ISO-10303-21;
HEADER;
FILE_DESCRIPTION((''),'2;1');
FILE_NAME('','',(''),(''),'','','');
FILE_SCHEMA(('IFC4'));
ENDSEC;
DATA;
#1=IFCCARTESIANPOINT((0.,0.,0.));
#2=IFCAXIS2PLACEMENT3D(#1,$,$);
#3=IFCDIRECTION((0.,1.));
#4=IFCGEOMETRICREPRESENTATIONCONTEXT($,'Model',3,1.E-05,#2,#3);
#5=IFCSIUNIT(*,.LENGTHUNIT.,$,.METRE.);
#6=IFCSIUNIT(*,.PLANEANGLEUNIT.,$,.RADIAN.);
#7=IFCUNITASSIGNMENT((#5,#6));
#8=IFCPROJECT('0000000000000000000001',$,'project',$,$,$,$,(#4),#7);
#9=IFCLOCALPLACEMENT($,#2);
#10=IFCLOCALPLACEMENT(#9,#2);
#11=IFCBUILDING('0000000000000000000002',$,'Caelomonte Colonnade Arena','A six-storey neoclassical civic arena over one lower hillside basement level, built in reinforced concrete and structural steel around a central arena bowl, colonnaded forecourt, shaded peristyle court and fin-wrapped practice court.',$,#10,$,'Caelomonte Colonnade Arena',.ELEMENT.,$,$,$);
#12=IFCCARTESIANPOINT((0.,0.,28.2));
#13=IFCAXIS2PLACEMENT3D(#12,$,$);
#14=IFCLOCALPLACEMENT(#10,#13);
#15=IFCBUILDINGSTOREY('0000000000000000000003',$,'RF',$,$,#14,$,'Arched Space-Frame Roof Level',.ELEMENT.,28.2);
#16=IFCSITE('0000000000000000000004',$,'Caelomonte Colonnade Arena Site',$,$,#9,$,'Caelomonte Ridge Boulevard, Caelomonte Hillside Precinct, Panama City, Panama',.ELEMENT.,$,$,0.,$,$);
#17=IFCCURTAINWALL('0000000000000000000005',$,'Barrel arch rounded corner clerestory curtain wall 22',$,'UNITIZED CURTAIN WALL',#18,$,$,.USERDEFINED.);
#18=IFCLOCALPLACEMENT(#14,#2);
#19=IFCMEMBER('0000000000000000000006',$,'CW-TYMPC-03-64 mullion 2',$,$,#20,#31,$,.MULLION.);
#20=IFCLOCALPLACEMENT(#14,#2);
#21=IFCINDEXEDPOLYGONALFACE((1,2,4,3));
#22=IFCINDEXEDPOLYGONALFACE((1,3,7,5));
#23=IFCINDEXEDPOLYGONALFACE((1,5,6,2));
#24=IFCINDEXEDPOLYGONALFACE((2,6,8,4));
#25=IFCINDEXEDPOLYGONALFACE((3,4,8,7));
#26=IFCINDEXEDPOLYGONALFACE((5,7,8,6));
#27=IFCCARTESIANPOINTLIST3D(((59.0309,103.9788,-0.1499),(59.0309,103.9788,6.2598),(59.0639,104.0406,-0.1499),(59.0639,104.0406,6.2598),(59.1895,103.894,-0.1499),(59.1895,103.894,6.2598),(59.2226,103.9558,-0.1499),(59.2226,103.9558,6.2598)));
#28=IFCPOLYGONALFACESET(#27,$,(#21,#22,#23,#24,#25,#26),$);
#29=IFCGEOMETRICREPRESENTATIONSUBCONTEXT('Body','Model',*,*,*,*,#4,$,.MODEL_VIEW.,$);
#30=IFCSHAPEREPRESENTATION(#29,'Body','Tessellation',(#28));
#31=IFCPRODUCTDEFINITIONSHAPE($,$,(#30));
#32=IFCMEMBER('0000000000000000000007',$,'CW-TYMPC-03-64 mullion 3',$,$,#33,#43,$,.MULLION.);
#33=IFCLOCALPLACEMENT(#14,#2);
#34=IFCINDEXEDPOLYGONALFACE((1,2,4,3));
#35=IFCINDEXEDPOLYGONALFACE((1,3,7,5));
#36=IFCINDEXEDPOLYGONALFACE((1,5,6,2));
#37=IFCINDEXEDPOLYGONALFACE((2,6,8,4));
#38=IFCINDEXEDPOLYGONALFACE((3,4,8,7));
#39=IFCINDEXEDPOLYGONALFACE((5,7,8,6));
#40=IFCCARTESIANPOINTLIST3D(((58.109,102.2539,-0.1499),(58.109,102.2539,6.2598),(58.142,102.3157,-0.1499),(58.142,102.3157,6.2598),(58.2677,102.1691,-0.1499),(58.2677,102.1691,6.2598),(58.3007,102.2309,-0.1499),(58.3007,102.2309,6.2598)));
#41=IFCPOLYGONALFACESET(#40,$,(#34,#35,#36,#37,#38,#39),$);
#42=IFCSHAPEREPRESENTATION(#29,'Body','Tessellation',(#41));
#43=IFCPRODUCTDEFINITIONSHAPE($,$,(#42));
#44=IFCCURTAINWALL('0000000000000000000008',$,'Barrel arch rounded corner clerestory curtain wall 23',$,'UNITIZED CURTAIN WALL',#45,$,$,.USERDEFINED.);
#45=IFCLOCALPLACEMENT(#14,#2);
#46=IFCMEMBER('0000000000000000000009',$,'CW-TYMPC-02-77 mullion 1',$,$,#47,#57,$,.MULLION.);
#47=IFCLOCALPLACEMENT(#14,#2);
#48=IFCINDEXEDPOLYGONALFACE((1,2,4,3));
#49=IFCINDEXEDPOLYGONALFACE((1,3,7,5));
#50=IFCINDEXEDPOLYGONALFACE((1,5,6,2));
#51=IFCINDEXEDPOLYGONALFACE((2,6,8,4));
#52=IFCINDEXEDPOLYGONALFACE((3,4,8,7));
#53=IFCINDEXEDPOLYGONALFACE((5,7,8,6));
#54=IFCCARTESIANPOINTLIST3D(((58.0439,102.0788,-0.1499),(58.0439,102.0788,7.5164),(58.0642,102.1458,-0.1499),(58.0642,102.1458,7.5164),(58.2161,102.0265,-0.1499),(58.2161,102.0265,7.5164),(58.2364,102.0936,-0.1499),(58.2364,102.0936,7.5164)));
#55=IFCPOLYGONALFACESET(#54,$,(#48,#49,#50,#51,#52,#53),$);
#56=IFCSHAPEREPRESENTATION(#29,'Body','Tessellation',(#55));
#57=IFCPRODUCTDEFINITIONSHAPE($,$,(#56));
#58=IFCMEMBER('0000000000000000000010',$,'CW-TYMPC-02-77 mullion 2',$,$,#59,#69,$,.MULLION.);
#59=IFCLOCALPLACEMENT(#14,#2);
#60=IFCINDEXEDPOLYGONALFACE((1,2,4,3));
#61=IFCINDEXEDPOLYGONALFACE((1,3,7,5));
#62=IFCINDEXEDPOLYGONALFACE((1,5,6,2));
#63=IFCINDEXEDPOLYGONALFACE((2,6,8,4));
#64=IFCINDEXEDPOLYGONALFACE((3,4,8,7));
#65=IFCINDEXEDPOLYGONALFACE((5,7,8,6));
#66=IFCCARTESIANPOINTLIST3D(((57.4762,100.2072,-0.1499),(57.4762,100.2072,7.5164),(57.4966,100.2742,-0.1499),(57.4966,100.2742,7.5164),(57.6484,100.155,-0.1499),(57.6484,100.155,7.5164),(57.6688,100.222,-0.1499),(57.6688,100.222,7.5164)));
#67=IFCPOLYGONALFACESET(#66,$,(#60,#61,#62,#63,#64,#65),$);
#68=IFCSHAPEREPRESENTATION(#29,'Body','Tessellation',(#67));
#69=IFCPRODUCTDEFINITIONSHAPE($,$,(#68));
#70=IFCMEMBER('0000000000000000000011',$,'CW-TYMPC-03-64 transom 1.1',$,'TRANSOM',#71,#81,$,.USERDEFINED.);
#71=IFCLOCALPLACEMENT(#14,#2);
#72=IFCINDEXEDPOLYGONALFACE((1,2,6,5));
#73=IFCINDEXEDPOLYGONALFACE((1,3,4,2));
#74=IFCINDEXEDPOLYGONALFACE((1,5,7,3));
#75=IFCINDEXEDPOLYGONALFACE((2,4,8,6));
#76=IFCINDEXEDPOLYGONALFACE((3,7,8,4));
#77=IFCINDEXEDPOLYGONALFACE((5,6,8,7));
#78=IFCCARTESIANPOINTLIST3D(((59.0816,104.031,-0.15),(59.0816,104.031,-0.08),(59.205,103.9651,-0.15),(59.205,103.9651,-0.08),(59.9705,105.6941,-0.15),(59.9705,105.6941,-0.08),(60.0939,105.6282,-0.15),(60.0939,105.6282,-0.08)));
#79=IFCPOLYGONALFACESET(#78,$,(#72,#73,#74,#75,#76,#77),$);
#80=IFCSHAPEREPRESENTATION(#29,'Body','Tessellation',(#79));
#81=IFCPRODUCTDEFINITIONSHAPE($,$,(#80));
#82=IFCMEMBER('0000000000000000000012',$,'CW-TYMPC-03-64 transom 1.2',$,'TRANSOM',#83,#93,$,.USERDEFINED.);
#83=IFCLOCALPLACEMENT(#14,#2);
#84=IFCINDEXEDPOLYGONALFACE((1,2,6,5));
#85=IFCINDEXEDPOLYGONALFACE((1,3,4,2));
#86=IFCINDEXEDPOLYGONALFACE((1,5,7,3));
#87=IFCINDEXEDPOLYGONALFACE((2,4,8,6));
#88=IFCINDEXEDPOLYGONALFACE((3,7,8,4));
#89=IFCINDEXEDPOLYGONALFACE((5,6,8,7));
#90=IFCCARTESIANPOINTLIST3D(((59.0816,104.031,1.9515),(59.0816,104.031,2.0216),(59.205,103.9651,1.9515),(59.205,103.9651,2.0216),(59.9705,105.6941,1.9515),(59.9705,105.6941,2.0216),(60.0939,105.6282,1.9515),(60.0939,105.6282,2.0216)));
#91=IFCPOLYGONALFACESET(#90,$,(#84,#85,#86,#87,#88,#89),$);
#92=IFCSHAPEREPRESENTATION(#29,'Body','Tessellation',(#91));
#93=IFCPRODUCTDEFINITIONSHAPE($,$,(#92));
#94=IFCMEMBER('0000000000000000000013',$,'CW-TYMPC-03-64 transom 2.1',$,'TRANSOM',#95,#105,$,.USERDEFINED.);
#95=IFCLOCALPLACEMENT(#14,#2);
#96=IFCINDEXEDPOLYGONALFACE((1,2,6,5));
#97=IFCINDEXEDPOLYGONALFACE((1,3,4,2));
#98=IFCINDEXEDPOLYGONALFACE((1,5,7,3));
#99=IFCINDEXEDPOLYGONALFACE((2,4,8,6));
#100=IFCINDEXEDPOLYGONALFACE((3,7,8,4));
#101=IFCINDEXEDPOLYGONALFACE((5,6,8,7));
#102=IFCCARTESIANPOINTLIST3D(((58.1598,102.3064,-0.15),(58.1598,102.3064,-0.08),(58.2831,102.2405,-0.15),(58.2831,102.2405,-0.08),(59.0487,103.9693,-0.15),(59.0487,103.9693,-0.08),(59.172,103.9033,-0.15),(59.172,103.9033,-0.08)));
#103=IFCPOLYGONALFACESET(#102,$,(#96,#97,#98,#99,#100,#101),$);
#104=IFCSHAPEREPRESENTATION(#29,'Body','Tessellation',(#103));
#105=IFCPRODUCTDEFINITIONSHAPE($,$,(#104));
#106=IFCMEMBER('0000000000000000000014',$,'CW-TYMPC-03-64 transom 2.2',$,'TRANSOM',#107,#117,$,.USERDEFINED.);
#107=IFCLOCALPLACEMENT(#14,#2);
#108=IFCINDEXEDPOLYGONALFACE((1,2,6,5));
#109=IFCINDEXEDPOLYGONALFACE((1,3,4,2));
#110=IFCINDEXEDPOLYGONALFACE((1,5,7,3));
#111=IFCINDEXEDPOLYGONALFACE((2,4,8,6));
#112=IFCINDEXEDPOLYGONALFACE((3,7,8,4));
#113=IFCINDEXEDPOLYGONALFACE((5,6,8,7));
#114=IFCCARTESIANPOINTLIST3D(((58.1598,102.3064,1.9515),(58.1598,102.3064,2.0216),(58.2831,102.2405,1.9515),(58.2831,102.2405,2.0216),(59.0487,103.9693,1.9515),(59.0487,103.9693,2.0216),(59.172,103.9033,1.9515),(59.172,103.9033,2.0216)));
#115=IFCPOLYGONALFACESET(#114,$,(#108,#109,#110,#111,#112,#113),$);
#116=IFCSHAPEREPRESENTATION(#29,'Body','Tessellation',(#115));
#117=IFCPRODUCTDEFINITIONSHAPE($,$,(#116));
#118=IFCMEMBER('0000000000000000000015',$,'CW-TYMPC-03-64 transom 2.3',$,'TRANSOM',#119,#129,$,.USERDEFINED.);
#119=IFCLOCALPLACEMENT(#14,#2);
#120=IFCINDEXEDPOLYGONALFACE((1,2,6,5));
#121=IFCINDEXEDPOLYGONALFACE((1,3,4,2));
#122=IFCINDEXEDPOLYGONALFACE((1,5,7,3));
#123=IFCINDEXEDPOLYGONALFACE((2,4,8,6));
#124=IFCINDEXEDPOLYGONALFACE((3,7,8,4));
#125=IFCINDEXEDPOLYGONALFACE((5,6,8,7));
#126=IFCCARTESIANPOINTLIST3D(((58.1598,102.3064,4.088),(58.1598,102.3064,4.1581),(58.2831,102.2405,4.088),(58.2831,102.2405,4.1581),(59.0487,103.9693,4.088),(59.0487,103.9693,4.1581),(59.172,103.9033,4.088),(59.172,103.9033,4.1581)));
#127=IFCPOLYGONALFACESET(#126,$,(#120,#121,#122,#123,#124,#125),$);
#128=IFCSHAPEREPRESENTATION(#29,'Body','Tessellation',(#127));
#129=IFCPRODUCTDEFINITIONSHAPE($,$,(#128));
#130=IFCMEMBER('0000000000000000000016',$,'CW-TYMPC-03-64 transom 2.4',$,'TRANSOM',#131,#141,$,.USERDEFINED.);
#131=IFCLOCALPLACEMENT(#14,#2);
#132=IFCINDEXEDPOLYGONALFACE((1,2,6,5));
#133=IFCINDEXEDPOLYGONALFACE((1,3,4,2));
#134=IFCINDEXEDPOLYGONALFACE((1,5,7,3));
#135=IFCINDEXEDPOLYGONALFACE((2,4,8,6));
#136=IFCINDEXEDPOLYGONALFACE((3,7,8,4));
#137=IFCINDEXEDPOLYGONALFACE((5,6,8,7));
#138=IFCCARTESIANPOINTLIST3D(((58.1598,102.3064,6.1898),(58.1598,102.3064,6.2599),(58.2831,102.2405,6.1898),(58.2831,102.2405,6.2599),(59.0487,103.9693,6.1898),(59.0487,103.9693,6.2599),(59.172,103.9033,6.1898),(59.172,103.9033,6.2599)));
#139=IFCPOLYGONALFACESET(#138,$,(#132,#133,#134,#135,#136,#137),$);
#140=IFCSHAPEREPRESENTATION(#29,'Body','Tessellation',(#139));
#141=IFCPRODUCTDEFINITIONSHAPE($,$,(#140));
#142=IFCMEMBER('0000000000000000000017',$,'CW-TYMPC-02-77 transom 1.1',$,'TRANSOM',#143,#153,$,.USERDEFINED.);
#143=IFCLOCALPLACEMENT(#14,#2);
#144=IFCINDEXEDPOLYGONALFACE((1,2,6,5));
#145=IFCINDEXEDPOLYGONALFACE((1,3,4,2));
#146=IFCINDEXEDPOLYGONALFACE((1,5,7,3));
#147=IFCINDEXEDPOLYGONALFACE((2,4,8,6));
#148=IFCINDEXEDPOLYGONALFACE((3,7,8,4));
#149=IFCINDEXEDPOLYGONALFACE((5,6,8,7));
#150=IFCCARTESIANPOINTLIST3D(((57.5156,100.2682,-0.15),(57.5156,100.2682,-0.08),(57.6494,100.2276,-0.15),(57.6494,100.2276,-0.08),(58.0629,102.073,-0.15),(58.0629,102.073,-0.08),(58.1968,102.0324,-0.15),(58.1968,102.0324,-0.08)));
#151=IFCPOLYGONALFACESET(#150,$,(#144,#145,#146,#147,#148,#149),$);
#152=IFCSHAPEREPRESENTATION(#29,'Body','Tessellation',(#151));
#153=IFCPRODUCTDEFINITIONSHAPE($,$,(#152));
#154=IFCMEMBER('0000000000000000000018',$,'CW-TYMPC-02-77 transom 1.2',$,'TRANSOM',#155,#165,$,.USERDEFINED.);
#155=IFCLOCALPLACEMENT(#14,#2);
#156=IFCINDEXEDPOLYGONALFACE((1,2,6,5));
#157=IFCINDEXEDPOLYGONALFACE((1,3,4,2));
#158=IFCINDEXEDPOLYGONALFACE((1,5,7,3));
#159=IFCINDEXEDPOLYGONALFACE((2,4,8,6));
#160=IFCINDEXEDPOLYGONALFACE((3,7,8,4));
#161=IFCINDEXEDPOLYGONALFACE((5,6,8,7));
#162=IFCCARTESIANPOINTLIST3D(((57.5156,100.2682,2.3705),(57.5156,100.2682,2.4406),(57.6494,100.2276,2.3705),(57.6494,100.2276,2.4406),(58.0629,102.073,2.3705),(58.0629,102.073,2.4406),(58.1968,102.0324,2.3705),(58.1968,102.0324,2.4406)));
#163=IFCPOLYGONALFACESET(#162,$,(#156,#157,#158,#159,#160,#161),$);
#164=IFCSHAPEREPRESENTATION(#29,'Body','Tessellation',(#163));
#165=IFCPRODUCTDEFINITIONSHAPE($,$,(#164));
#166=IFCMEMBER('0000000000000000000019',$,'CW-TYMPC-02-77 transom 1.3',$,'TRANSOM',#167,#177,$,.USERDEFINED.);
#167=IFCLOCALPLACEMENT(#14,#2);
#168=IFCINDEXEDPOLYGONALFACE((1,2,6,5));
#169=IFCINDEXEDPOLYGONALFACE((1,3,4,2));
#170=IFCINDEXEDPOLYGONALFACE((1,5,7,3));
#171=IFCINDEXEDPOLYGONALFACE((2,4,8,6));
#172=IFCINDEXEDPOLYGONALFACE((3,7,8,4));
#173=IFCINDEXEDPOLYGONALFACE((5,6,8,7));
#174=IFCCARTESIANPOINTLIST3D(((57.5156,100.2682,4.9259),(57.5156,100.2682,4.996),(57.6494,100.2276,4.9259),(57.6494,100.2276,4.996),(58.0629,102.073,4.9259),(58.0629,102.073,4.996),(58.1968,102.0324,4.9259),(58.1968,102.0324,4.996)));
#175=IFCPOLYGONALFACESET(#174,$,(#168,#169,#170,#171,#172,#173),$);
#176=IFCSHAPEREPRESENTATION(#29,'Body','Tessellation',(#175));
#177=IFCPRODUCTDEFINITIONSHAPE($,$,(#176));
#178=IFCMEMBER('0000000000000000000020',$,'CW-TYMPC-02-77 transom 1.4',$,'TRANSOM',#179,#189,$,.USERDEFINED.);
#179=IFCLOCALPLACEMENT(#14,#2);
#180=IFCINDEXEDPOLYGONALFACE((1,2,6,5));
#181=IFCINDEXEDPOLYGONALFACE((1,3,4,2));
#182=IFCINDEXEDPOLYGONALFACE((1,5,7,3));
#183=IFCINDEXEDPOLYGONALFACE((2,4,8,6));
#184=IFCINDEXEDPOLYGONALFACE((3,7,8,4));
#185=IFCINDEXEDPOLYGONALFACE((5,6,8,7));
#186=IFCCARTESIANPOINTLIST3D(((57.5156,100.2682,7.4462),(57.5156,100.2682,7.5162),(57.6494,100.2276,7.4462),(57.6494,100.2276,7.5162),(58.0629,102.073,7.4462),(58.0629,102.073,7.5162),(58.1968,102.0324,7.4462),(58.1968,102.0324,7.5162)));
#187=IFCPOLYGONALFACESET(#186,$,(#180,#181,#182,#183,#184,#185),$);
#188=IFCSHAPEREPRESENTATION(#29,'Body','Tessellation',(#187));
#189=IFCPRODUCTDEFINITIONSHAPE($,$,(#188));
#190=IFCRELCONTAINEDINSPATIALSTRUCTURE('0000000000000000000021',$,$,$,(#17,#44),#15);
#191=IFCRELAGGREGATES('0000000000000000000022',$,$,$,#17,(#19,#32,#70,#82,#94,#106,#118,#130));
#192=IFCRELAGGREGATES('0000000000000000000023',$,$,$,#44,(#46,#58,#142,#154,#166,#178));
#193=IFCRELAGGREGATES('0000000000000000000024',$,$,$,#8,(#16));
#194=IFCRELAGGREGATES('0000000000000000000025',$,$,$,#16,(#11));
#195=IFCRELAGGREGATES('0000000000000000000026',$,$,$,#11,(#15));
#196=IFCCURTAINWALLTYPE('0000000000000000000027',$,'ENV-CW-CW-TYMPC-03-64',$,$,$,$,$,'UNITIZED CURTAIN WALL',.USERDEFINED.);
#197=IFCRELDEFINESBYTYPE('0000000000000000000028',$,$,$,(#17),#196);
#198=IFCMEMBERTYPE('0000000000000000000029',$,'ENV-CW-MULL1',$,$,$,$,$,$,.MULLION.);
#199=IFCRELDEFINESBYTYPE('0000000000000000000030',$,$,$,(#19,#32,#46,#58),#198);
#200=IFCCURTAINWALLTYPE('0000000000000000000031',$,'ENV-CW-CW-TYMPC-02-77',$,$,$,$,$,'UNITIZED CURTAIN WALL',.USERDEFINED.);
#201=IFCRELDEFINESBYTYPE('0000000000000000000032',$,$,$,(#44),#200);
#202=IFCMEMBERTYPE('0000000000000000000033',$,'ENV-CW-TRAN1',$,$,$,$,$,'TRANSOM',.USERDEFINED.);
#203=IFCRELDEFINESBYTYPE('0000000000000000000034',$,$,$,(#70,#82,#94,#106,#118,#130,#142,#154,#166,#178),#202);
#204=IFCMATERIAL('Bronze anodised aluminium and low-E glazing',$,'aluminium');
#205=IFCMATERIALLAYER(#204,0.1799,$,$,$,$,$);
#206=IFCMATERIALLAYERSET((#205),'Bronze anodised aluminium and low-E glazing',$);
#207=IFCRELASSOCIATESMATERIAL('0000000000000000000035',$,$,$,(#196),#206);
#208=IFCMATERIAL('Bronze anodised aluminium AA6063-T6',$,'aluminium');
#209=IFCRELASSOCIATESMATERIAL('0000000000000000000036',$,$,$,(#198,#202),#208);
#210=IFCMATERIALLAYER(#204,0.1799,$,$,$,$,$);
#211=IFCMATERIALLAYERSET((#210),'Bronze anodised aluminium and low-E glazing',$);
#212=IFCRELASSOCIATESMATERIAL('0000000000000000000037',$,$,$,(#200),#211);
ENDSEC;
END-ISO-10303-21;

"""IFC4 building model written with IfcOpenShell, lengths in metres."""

from ifc_helpers import new_model, si_unit, direction, frame, origin, origin_2d, place, context, subcontext, project, spatial, rectangle, extrude, material, layer, layer_set, material_profile, profile_set, type_object, element, aggregate, save


model = new_model("IFC4")

# Units and contexts
model_context = context("Model", 3, precision=1e-05, world=origin(), true_north=direction((0.0, 1.0)))
body_context = subcontext(model_context, "Body", "Model", "MODEL_VIEW")
ifc_project = project(units=[si_unit("LENGTHUNIT", "METRE"), si_unit("PLANEANGLEUNIT", "RADIAN")], contexts=[model_context])

# Site, building, storey
site_placement = place(None, origin())
site = spatial("IfcSite", under=ifc_project, at=site_placement, Name="Caelomonte Colonnade Arena Site", LongName="Caelomonte Ridge Boulevard, Caelomonte Hillside Precinct, Panama City, Panama", CompositionType="ELEMENT", RefElevation=0.0)
building_placement = place(site_placement, origin())
building = spatial("IfcBuilding", under=site, at=building_placement, Name="Caelomonte Colonnade Arena", Description="A six-storey neoclassical civic arena over one lower hillside basement level, built in reinforced concrete and structural steel around a central arena bowl, colonnaded forecourt, shaded peristyle court and fin-wrapped practice court.", LongName="Caelomonte Colonnade Arena", CompositionType="ELEMENT")
storey_placement = place(building_placement, frame((0.0, 0.0, 28.2)))
storey = spatial("IfcBuildingStorey", under=building, at=storey_placement, Name="RF", LongName="Arched Space-Frame Roof Level", CompositionType="ELEMENT", Elevation=28.2)

# Curtain walls, members
ifc_material_1 = material(Name="Bronze anodised aluminium and low-E glazing", Category="aluminium")
ifc_layer_1 = layer(ifc_material_1, 0.1799)
ifc_layer_set_1 = layer_set([ifc_layer_1], Name="Bronze anodised aluminium and low-E glazing")
curtain_wall_type_1 = type_object("IfcCurtainWallType", Name="ENV-CW-CW-TYMPC-03-64", ElementType="UNITIZED CURTAIN WALL", PredefinedType="USERDEFINED", material=ifc_layer_set_1)
curtain_wall_1_placement = place(storey_placement, origin())
curtain_wall_1 = element("IfcCurtainWall", 1, at=curtain_wall_1_placement, inside=storey, type_object=curtain_wall_type_1, Name="Barrel arch rounded corner clerestory curtain wall 22", ObjectType="UNITIZED CURTAIN WALL", PredefinedType="USERDEFINED")
ifc_material_2 = material(Name="Bronze anodised aluminium AA6063-T6", Category="aluminium")
ifc_material_profile_1 = material_profile(ifc_material_2, rectangle(XDim=0.0701, YDim=0.1799, at=origin_2d()), Name="CWM-70X180")
ifc_profile_set_1 = profile_set([ifc_material_profile_1], Name="Bronze anodised aluminium AA6063-T6")
member_type_1 = type_object("IfcMemberType", Name="ENV-CW-MULL1", PredefinedType="MULLION", material=ifc_profile_set_1)
member_1_placement = place(storey_placement, frame((59.1267, 103.9673, -0.1499), z_axis=(0.0, 0.0, 1.0), x_axis=(-0.471391, -0.881924, 0.0)))
member_1 = element("IfcMember", 2, at=member_1_placement, type_object=member_type_1, Name="CW-TYMPC-03-64 mullion 2", PredefinedType="MULLION", context=body_context, shape_type="SweptSolid", body=[
    extrude(rectangle(XDim=0.0701, YDim=0.1799, at=origin_2d()), origin(), (0.0, 0.0, 1.0), 6.4097),
])
member_2_placement = place(storey_placement, frame((58.2048, 102.2424, -0.1499), z_axis=(0.0, 0.0, 1.0), x_axis=(-0.471391, -0.881924, 0.0)))
member_2 = element("IfcMember", 3, at=member_2_placement, type_object=member_type_1, Name="CW-TYMPC-03-64 mullion 3", PredefinedType="MULLION", context=body_context, shape_type="SweptSolid", body=[
    extrude(rectangle(XDim=0.0701, YDim=0.1799, at=origin_2d()), origin(), (0.0, 0.0, 1.0), 6.4097),
])
ifc_layer_2 = layer(ifc_material_1, 0.1799)
ifc_layer_set_2 = layer_set([ifc_layer_2], Name="Bronze anodised aluminium and low-E glazing")
curtain_wall_type_2 = type_object("IfcCurtainWallType", Name="ENV-CW-CW-TYMPC-02-77", ElementType="UNITIZED CURTAIN WALL", PredefinedType="USERDEFINED", material=ifc_layer_set_2)
curtain_wall_2_placement = place(storey_placement, origin())
curtain_wall_2 = element("IfcCurtainWall", 4, at=curtain_wall_2_placement, inside=storey, type_object=curtain_wall_type_2, Name="Barrel arch rounded corner clerestory curtain wall 23", ObjectType="UNITIZED CURTAIN WALL", PredefinedType="USERDEFINED")
member_3_placement = place(storey_placement, frame((58.1401, 102.0862, -0.1499), z_axis=(0.0, 0.0, 1.0), x_axis=(-0.290266, -0.956946, 0.0)))
member_3 = element("IfcMember", 5, at=member_3_placement, type_object=member_type_1, Name="CW-TYMPC-02-77 mullion 1", PredefinedType="MULLION", context=body_context, shape_type="SweptSolid", body=[
    extrude(rectangle(XDim=0.0701, YDim=0.1799, at=origin_2d()), origin(), (0.0, 0.0, 1.0), 7.6663),
])
member_4_placement = place(storey_placement, frame((57.5725, 100.2146, -0.1499), z_axis=(0.0, 0.0, 1.0), x_axis=(-0.290266, -0.956946, 0.0)))
member_4 = element("IfcMember", 6, at=member_4_placement, type_object=member_type_1, Name="CW-TYMPC-02-77 mullion 2", PredefinedType="MULLION", context=body_context, shape_type="SweptSolid", body=[
    extrude(rectangle(XDim=0.0701, YDim=0.1799, at=origin_2d()), origin(), (0.0, 0.0, 1.0), 7.6663),
])

# Members
ifc_material_profile_2 = material_profile(ifc_material_2, rectangle(XDim=0.0701, YDim=0.1399, at=origin_2d()), Name="CWT-70X140")
ifc_profile_set_2 = profile_set([ifc_material_profile_2], Name="Bronze anodised aluminium AA6063-T6")
member_type_2 = type_object("IfcMemberType", Name="ENV-CW-TRAN1", ElementType="TRANSOM", PredefinedType="USERDEFINED", material=ifc_profile_set_2)
member_5_placement = place(storey_placement, frame((60.0322, 105.6611, -0.115), z_axis=(-0.471388, -0.881926, 0.0), x_axis=(0.0, 0.0, 1.0)))
member_5 = element("IfcMember", 7, at=member_5_placement, type_object=member_type_2, Name="CW-TYMPC-03-64 transom 1.1", ObjectType="TRANSOM", PredefinedType="USERDEFINED", context=body_context, shape_type="SweptSolid", body=[
    extrude(rectangle(XDim=0.0701, YDim=0.1399, at=origin_2d()), origin(), (0.0, 0.0, 1.0), 1.8857),
])
member_6_placement = place(storey_placement, frame((60.0322, 105.6611, 1.9866), z_axis=(-0.471388, -0.881926, 0.0), x_axis=(0.0, 0.0, 1.0)))
member_6 = element("IfcMember", 8, at=member_6_placement, type_object=member_type_2, Name="CW-TYMPC-03-64 transom 1.2", ObjectType="TRANSOM", PredefinedType="USERDEFINED", context=body_context, shape_type="SweptSolid", body=[
    extrude(rectangle(XDim=0.0701, YDim=0.1399, at=origin_2d()), origin(), (0.0, 0.0, 1.0), 1.8857),
])
member_7_placement = place(storey_placement, frame((59.1104, 103.9363, -0.115), z_axis=(-0.471442, -0.881897, 0.0), x_axis=(0.0, 0.0, 1.0)))
member_7 = element("IfcMember", 9, at=member_7_placement, type_object=member_type_2, Name="CW-TYMPC-03-64 transom 2.1", ObjectType="TRANSOM", PredefinedType="USERDEFINED", context=body_context, shape_type="SweptSolid", body=[
    extrude(rectangle(XDim=0.0701, YDim=0.1399, at=origin_2d()), origin(), (0.0, 0.0, 1.0), 1.8855),
])
member_8_placement = place(storey_placement, frame((59.1104, 103.9363, 1.9866), z_axis=(-0.471442, -0.881897, 0.0), x_axis=(0.0, 0.0, 1.0)))
member_8 = element("IfcMember", 10, at=member_8_placement, type_object=member_type_2, Name="CW-TYMPC-03-64 transom 2.2", ObjectType="TRANSOM", PredefinedType="USERDEFINED", context=body_context, shape_type="SweptSolid", body=[
    extrude(rectangle(XDim=0.0701, YDim=0.1399, at=origin_2d()), origin(), (0.0, 0.0, 1.0), 1.8855),
])
member_9_placement = place(storey_placement, frame((59.1104, 103.9363, 4.123), z_axis=(-0.471442, -0.881897, 0.0), x_axis=(0.0, 0.0, 1.0)))
member_9 = element("IfcMember", 11, at=member_9_placement, type_object=member_type_2, Name="CW-TYMPC-03-64 transom 2.3", ObjectType="TRANSOM", PredefinedType="USERDEFINED", context=body_context, shape_type="SweptSolid", body=[
    extrude(rectangle(XDim=0.0701, YDim=0.1399, at=origin_2d()), origin(), (0.0, 0.0, 1.0), 1.8855),
])
member_10_placement = place(storey_placement, frame((59.1104, 103.9363, 6.2249), z_axis=(-0.471442, -0.881897, 0.0), x_axis=(0.0, 0.0, 1.0)))
member_10 = element("IfcMember", 12, at=member_10_placement, type_object=member_type_2, Name="CW-TYMPC-03-64 transom 2.4", ObjectType="TRANSOM", PredefinedType="USERDEFINED", context=body_context, shape_type="SweptSolid", body=[
    extrude(rectangle(XDim=0.0701, YDim=0.1399, at=origin_2d()), origin(), (0.0, 0.0, 1.0), 1.8855),
])
member_11_placement = place(storey_placement, frame((58.1299, 102.0527, -0.115), z_axis=(-0.290245, -0.956953, 0.0), x_axis=(0.0, 0.0, 1.0)))
member_11 = element("IfcMember", 13, at=member_11_placement, type_object=member_type_2, Name="CW-TYMPC-02-77 transom 1.1", ObjectType="TRANSOM", PredefinedType="USERDEFINED", context=body_context, shape_type="SweptSolid", body=[
    extrude(rectangle(XDim=0.0701, YDim=0.1399, at=origin_2d()), origin(), (0.0, 0.0, 1.0), 1.886),
])
member_12_placement = place(storey_placement, frame((58.1299, 102.0527, 2.4055), z_axis=(-0.290245, -0.956953, 0.0), x_axis=(0.0, 0.0, 1.0)))
member_12 = element("IfcMember", 14, at=member_12_placement, type_object=member_type_2, Name="CW-TYMPC-02-77 transom 1.2", ObjectType="TRANSOM", PredefinedType="USERDEFINED", context=body_context, shape_type="SweptSolid", body=[
    extrude(rectangle(XDim=0.0701, YDim=0.1399, at=origin_2d()), origin(), (0.0, 0.0, 1.0), 1.886),
])
member_13_placement = place(storey_placement, frame((58.1299, 102.0527, 4.9609), z_axis=(-0.290245, -0.956953, 0.0), x_axis=(0.0, 0.0, 1.0)))
member_13 = element("IfcMember", 15, at=member_13_placement, type_object=member_type_2, Name="CW-TYMPC-02-77 transom 1.3", ObjectType="TRANSOM", PredefinedType="USERDEFINED", context=body_context, shape_type="SweptSolid", body=[
    extrude(rectangle(XDim=0.0701, YDim=0.1399, at=origin_2d()), origin(), (0.0, 0.0, 1.0), 1.886),
])
member_14_placement = place(storey_placement, frame((58.1299, 102.0527, 7.4812), z_axis=(-0.290245, -0.956953, 0.0), x_axis=(0.0, 0.0, 1.0)))
member_14 = element("IfcMember", 16, at=member_14_placement, type_object=member_type_2, Name="CW-TYMPC-02-77 transom 1.4", ObjectType="TRANSOM", PredefinedType="USERDEFINED", context=body_context, shape_type="SweptSolid", body=[
    extrude(rectangle(XDim=0.0701, YDim=0.1399, at=origin_2d()), origin(), (0.0, 0.0, 1.0), 1.886),
])

aggregate(curtain_wall_1, [member_1, member_2, member_5, member_6, member_7, member_8, member_9, member_10])
aggregate(curtain_wall_2, [member_3, member_4, member_11, member_12, member_13, member_14])

save(model, "model.ifc")
